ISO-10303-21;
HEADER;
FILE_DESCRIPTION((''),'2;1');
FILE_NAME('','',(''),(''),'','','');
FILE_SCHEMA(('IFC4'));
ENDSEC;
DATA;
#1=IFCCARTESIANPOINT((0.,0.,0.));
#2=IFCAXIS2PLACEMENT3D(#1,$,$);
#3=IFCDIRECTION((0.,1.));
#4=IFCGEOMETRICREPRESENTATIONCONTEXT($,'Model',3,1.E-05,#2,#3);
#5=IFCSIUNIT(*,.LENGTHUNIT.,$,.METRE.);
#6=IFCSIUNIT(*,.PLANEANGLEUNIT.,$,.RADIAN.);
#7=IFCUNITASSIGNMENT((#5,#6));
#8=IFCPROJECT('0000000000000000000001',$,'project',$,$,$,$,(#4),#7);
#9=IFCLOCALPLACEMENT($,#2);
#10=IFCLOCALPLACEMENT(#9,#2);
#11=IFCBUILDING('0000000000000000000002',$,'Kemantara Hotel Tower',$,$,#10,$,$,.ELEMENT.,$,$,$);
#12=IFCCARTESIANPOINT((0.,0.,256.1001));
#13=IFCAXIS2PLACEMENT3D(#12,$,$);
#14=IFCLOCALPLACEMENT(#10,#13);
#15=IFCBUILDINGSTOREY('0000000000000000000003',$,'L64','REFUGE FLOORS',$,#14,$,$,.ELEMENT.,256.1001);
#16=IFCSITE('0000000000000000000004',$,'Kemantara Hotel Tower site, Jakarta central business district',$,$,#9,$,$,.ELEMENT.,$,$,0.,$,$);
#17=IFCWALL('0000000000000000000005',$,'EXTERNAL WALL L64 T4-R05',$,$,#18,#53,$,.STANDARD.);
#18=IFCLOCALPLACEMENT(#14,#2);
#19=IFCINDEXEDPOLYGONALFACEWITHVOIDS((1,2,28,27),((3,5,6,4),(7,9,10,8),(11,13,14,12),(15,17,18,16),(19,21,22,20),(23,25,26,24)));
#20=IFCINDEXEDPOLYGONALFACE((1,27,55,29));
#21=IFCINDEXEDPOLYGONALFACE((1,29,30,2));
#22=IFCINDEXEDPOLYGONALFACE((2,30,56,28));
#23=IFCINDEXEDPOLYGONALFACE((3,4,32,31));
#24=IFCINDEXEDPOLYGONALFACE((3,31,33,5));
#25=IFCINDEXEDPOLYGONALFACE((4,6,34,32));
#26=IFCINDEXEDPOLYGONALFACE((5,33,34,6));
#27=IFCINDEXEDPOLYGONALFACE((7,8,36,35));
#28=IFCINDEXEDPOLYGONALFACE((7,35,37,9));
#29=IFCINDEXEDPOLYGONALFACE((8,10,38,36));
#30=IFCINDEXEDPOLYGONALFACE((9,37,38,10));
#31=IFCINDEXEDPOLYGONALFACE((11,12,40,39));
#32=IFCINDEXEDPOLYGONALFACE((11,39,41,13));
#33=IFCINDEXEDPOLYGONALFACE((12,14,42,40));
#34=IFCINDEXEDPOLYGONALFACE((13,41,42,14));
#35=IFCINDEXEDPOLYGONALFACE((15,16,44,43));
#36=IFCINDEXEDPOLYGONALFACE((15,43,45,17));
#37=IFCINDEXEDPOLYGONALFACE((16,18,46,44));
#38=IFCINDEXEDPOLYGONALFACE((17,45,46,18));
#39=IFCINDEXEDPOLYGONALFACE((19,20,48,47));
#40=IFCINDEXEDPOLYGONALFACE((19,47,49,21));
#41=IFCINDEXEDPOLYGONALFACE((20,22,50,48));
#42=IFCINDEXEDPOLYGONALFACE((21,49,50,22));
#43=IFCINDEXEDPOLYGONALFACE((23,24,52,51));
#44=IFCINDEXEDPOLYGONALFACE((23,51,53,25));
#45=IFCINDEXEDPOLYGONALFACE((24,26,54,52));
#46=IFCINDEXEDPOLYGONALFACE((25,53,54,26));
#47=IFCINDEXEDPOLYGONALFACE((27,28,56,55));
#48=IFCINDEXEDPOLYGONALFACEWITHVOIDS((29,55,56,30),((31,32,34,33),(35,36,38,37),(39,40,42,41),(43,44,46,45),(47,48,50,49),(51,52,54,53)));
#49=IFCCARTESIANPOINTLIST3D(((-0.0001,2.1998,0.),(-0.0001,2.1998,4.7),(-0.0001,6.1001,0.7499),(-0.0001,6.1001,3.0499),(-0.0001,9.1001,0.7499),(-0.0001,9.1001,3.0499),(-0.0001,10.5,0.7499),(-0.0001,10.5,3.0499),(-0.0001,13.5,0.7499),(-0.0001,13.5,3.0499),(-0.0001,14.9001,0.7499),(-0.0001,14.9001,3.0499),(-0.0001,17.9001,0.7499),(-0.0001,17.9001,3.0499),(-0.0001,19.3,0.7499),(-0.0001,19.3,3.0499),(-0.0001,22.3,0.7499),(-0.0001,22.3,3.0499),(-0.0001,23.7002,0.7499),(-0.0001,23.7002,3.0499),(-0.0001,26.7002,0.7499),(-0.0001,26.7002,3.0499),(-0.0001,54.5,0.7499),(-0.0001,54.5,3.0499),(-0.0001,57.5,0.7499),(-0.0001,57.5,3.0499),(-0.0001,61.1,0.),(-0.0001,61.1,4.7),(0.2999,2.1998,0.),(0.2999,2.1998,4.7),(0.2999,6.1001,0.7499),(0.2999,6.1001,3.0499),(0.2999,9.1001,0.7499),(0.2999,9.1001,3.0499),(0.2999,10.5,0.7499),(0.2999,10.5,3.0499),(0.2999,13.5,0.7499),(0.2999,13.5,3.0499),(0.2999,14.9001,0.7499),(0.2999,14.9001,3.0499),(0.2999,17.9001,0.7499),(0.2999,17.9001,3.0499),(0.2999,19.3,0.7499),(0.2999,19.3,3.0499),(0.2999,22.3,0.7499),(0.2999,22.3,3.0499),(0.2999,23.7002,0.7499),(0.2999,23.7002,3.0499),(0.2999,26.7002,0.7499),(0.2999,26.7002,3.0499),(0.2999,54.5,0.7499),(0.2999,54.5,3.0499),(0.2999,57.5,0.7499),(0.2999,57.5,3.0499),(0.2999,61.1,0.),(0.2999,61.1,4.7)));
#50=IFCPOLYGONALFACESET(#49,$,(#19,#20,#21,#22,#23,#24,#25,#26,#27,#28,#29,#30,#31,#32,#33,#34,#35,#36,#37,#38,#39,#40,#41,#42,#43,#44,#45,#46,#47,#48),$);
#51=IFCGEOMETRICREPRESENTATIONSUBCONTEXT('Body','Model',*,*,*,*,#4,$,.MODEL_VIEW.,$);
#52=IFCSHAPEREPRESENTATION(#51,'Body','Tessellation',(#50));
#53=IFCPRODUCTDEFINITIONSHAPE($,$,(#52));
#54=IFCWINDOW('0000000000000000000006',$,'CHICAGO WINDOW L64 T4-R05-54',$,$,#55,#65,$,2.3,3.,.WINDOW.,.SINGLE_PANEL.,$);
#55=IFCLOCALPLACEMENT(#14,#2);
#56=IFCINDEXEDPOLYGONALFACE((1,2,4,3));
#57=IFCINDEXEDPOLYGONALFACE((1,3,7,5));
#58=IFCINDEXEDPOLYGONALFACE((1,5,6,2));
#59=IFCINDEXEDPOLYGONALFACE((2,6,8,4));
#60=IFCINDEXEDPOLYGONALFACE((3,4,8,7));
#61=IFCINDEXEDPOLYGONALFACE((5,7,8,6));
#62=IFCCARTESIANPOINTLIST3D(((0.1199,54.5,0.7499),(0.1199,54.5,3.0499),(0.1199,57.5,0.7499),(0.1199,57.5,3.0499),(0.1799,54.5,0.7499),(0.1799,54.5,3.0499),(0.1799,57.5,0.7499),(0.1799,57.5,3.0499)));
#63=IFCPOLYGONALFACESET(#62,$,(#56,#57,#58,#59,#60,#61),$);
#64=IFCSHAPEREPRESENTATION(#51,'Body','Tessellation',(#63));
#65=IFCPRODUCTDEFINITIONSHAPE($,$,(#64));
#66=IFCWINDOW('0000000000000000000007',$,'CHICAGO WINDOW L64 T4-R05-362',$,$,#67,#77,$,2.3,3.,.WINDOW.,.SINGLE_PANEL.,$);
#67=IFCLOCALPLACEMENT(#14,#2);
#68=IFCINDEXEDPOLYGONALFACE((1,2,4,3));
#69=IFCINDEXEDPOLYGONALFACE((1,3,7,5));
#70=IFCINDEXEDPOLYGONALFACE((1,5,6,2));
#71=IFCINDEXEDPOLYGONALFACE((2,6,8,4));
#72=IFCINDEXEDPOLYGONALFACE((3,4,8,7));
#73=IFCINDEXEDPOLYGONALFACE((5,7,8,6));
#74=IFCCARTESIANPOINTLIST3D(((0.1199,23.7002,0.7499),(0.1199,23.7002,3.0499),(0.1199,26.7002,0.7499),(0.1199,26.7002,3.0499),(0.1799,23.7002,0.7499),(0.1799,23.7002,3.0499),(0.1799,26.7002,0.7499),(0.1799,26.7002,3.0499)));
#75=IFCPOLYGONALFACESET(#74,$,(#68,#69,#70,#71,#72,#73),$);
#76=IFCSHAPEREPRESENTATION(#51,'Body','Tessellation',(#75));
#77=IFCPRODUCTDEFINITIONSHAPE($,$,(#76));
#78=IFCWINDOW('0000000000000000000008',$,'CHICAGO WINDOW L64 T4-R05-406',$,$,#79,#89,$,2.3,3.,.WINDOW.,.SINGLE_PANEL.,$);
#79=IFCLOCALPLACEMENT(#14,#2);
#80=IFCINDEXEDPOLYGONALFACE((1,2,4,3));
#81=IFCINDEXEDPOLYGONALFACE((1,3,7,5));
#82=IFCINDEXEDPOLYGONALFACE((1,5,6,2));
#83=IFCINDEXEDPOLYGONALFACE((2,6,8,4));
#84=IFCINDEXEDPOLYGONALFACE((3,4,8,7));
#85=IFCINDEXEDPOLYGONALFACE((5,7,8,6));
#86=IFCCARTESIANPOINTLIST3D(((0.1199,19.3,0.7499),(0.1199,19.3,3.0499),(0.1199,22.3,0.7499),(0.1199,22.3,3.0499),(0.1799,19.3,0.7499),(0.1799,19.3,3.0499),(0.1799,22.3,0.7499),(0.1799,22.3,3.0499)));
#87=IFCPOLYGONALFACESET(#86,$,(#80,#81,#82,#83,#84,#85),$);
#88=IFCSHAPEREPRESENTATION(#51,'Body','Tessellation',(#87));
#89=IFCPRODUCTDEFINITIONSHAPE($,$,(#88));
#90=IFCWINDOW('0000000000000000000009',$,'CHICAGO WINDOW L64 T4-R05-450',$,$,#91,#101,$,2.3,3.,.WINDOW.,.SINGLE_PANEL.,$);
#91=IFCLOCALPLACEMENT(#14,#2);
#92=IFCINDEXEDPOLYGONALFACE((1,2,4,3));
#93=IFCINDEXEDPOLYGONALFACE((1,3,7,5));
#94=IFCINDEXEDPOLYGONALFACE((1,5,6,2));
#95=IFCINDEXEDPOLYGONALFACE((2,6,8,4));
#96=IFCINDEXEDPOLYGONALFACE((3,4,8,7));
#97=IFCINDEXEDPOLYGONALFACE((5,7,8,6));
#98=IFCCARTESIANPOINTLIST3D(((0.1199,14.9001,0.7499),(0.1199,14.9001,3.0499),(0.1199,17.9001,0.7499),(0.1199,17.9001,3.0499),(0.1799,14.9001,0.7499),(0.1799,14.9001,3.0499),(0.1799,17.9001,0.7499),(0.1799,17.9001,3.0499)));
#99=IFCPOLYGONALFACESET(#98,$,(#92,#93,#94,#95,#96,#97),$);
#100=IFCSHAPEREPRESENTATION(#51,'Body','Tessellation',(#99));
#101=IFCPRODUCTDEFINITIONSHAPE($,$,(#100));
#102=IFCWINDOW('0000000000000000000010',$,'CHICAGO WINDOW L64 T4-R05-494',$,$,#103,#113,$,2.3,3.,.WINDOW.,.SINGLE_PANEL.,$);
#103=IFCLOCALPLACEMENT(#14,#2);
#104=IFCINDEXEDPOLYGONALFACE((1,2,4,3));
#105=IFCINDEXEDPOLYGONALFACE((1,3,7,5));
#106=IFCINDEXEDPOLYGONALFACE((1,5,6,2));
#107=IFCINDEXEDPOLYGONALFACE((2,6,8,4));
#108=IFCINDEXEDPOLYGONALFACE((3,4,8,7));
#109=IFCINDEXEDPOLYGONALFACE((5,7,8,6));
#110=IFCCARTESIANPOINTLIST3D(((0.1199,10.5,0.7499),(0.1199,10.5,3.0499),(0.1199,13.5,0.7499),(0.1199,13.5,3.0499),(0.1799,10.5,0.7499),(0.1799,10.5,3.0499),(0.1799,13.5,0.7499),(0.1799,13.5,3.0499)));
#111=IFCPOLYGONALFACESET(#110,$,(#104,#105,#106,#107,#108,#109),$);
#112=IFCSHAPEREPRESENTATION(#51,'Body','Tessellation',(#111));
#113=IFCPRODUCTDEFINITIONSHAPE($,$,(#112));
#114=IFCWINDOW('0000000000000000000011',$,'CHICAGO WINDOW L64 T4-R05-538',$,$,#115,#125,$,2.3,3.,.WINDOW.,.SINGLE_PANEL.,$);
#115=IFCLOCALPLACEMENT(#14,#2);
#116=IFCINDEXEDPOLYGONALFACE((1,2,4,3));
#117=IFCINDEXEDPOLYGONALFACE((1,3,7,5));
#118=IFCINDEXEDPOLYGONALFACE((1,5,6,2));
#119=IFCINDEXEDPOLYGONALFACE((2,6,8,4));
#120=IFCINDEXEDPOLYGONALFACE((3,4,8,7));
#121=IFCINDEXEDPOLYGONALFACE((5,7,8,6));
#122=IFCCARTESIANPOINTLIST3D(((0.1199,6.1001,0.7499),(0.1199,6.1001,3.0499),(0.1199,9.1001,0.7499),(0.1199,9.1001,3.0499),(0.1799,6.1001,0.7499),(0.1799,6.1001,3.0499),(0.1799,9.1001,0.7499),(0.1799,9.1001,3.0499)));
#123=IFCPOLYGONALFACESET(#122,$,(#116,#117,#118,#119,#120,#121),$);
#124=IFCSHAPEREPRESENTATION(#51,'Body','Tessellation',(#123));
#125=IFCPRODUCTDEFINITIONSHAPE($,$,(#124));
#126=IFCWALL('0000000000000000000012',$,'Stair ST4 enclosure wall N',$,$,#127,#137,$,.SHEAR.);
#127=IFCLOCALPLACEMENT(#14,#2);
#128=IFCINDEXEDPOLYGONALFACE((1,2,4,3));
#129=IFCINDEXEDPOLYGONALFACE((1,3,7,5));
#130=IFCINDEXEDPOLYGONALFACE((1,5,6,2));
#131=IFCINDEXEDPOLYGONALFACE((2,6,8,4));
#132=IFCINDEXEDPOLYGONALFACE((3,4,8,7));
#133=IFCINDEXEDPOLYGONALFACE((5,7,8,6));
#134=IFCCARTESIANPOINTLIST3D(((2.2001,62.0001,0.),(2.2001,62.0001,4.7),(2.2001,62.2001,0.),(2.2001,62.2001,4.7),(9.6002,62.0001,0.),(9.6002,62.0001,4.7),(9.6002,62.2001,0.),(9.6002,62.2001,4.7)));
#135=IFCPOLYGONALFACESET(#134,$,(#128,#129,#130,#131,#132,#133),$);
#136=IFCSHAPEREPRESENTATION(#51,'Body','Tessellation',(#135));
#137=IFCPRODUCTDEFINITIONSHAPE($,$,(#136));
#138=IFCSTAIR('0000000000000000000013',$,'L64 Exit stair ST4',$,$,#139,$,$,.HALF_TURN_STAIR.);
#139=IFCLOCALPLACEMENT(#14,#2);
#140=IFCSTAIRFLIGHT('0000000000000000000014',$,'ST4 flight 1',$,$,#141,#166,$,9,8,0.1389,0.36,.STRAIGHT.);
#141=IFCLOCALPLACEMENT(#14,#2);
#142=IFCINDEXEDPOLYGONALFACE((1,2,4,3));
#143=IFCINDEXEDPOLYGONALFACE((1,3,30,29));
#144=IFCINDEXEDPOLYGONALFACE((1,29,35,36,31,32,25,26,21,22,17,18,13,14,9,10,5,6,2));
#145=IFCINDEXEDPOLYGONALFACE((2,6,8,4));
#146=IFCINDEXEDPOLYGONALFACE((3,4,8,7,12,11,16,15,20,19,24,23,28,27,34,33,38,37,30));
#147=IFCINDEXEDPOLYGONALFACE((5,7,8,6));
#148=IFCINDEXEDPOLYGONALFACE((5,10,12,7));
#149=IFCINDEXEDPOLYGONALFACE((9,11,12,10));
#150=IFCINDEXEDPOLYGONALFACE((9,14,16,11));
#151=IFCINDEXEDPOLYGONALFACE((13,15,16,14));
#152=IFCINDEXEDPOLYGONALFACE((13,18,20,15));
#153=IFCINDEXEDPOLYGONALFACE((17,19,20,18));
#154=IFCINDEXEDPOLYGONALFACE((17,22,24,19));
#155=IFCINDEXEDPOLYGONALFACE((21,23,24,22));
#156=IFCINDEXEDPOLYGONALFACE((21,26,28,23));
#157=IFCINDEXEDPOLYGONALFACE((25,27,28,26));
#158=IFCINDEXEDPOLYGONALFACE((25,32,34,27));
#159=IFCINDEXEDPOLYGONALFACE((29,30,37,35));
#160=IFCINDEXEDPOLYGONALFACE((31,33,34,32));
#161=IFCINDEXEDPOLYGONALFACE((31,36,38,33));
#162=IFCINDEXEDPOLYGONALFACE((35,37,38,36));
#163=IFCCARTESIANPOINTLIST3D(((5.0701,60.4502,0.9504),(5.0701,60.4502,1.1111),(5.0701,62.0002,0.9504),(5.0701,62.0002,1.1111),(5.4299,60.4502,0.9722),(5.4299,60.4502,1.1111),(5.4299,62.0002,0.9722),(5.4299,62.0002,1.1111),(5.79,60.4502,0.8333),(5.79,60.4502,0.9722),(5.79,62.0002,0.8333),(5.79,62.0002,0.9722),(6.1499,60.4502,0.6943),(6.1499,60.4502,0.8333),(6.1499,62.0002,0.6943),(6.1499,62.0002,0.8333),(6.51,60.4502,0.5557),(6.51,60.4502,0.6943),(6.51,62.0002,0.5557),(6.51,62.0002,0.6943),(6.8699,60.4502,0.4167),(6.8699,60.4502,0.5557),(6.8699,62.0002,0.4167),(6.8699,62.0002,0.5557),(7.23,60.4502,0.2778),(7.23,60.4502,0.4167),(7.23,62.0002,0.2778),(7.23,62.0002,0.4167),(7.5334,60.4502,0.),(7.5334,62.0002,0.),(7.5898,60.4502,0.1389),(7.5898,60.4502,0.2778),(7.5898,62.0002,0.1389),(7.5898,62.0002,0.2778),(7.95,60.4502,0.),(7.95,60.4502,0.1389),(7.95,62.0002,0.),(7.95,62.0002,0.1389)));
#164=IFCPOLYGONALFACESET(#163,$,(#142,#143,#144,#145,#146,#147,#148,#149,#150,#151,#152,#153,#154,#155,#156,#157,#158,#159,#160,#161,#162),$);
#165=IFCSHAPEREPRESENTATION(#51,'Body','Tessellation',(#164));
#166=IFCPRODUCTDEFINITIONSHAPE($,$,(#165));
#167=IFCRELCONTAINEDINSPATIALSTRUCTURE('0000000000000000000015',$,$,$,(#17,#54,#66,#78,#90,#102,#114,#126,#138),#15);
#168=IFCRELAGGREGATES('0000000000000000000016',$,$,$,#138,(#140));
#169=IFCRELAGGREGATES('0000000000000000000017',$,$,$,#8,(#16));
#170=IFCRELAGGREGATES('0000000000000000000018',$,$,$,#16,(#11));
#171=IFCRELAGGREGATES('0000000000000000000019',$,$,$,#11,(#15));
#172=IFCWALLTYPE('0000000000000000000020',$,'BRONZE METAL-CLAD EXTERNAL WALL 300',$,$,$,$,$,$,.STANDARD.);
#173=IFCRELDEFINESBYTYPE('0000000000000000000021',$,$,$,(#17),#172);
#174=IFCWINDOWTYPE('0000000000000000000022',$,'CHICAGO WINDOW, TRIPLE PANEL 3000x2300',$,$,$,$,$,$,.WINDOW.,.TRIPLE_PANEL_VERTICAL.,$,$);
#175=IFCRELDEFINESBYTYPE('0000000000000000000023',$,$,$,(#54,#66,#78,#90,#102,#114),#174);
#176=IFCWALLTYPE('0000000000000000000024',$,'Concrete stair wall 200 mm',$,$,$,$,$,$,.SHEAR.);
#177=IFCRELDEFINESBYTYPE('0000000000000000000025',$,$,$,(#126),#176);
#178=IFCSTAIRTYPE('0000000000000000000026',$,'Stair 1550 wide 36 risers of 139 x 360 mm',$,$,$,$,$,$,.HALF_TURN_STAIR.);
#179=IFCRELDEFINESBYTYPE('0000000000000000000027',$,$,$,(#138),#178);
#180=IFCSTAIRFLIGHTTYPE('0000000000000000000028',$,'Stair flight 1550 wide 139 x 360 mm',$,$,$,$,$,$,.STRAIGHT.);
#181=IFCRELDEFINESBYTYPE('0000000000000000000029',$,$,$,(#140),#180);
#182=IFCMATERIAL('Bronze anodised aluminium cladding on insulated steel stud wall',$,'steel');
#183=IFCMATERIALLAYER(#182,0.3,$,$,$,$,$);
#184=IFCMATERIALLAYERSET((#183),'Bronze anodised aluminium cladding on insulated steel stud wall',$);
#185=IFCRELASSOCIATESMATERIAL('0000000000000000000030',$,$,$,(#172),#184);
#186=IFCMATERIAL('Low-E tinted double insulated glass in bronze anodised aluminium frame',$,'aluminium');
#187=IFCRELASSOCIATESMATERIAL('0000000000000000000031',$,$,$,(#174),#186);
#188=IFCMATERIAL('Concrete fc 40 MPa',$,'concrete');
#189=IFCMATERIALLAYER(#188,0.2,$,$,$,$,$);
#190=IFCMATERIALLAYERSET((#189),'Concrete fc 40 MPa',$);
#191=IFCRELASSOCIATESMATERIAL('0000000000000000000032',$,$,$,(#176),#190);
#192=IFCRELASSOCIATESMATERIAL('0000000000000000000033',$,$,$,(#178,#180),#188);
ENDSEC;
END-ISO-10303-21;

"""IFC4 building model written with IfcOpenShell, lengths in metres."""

from ifc_helpers import new_model, si_unit, direction, frame, frame_2d, origin, place, context, subcontext, project, spatial, polyline, rectangle, outline, extrude, material, layer, layer_set, type_object, element, fill, aggregate, save


model = new_model("IFC4")

# Units and contexts
model_context = context("Model", 3, precision=1e-05, world=origin(), true_north=direction((0.0, 1.0)))
body_context = subcontext(model_context, "Body", "Model", "MODEL_VIEW")
ifc_project = project(units=[si_unit("LENGTHUNIT", "METRE"), si_unit("PLANEANGLEUNIT", "RADIAN")], contexts=[model_context])

# Site, building, storey
site_placement = place(None, origin())
site = spatial("IfcSite", under=ifc_project, at=site_placement, Name="Kemantara Hotel Tower site, Jakarta central business district", CompositionType="ELEMENT", RefElevation=0.0)
building_placement = place(site_placement, origin())
building = spatial("IfcBuilding", under=site, at=building_placement, Name="Kemantara Hotel Tower", CompositionType="ELEMENT")
storey_placement = place(building_placement, frame((0.0, 0.0, 256.1001)))
storey = spatial("IfcBuildingStorey", under=building, at=storey_placement, Name="L64", Description="REFUGE FLOORS", CompositionType="ELEMENT", Elevation=256.1001)

# Shared definitions
ifc_material_1 = material(Name="Bronze anodised aluminium cladding on insulated steel stud wall", Category="steel")
ifc_layer_1 = layer(ifc_material_1, 0.3)
ifc_layer_set_1 = layer_set([ifc_layer_1], Name="Bronze anodised aluminium cladding on insulated steel stud wall")
wall_type_1 = type_object("IfcWallType", Name="BRONZE METAL-CLAD EXTERNAL WALL 300", PredefinedType="STANDARD", material=ifc_layer_set_1)

# Wall, openings, windows
wall_1_placement = place(storey_placement, frame((0.1499, 61.1001, 0.0), z_axis=(0.0, 0.0, 1.0), x_axis=(0.0, -1.0, 0.0)))
wall_1 = element("IfcWall", 1, at=wall_1_placement, inside=storey, type_object=wall_type_1, Name="EXTERNAL WALL L64 T4-R05", PredefinedType="STANDARD", context=body_context, shape_type="SweptSolid", body=[
    extrude(rectangle(XDim=58.9001, YDim=0.3, at=frame_2d((29.4502, 0.0))), origin(), (0.0, 0.0, 1.0), 4.7),
])
opening_1_placement = place(wall_1_placement, frame((3.6001, 0.0, 0.75)))
opening_1 = element("IfcOpeningElement", 2, at=opening_1_placement, cuts=wall_1, PredefinedType="OPENING", context=body_context, shape_type="SweptSolid", body=[
    extrude(rectangle(XDim=3.0, YDim=2.3, at=frame_2d((1.5, 1.1499))), frame((0.0, 0.1599, 0.0), z_axis=(0.0, -1.0, 0.0), x_axis=(1.0, 0.0, 0.0)), (0.0, 0.0, 1.0), 0.3201),
])
opening_2_placement = place(wall_1_placement, frame((34.3999, 0.0, 0.75)))
opening_2 = element("IfcOpeningElement", 3, at=opening_2_placement, cuts=wall_1, PredefinedType="OPENING", context=body_context, shape_type="SweptSolid", body=[
    extrude(rectangle(XDim=3.0, YDim=2.3, at=frame_2d((1.5, 1.1499))), frame((0.0, 0.1599, 0.0), z_axis=(0.0, -1.0, 0.0), x_axis=(1.0, 0.0, 0.0)), (0.0, 0.0, 1.0), 0.3201),
])
opening_3_placement = place(wall_1_placement, frame((38.8, 0.0, 0.75)))
opening_3 = element("IfcOpeningElement", 4, at=opening_3_placement, cuts=wall_1, PredefinedType="OPENING", context=body_context, shape_type="SweptSolid", body=[
    extrude(rectangle(XDim=3.0, YDim=2.3, at=frame_2d((1.5, 1.1499))), frame((0.0, 0.1599, 0.0), z_axis=(0.0, -1.0, 0.0), x_axis=(1.0, 0.0, 0.0)), (0.0, 0.0, 1.0), 0.3201),
])
opening_4_placement = place(wall_1_placement, frame((43.2, 0.0, 0.75)))
opening_4 = element("IfcOpeningElement", 5, at=opening_4_placement, cuts=wall_1, PredefinedType="OPENING", context=body_context, shape_type="SweptSolid", body=[
    extrude(rectangle(XDim=3.0, YDim=2.3, at=frame_2d((1.5, 1.1499))), frame((0.0, 0.1599, 0.0), z_axis=(0.0, -1.0, 0.0), x_axis=(1.0, 0.0, 0.0)), (0.0, 0.0, 1.0), 0.3201),
])
opening_5_placement = place(wall_1_placement, frame((47.6001, 0.0, 0.75)))
opening_5 = element("IfcOpeningElement", 6, at=opening_5_placement, cuts=wall_1, PredefinedType="OPENING", context=body_context, shape_type="SweptSolid", body=[
    extrude(rectangle(XDim=3.0, YDim=2.3, at=frame_2d((1.5, 1.1499))), frame((0.0, 0.1599, 0.0), z_axis=(0.0, -1.0, 0.0), x_axis=(1.0, 0.0, 0.0)), (0.0, 0.0, 1.0), 0.3201),
])
opening_6_placement = place(wall_1_placement, frame((52.0, 0.0, 0.75)))
opening_6 = element("IfcOpeningElement", 7, at=opening_6_placement, cuts=wall_1, PredefinedType="OPENING", context=body_context, shape_type="SweptSolid", body=[
    extrude(rectangle(XDim=3.0, YDim=2.3, at=frame_2d((1.5, 1.1499))), frame((0.0, 0.1599, 0.0), z_axis=(0.0, -1.0, 0.0), x_axis=(1.0, 0.0, 0.0)), (0.0, 0.0, 1.0), 0.3201),
])
ifc_material_2 = material(Name="Low-E tinted double insulated glass in bronze anodised aluminium frame", Category="aluminium")
window_type = type_object("IfcWindowType", Name="CHICAGO WINDOW, TRIPLE PANEL 3000x2300", PartitioningType="TRIPLE_PANEL_VERTICAL", PredefinedType="WINDOW", material=ifc_material_2)
window_1_placement = place(opening_1_placement, origin())
window_1 = element("IfcWindow", 8, at=window_1_placement, inside=storey, type_object=window_type, Name="CHICAGO WINDOW L64 T4-R05-54", OverallHeight=2.3, OverallWidth=3.0, PartitioningType="SINGLE_PANEL", PredefinedType="WINDOW", context=body_context, shape_type="SweptSolid", body=[
    extrude(rectangle(XDim=3.0, YDim=2.3, at=frame_2d((1.5, 1.1499))), frame((0.0, 0.03, 0.0), z_axis=(0.0, -1.0, 0.0), x_axis=(1.0, 0.0, 0.0)), (0.0, 0.0, 1.0), 0.0601),
])
fill(opening_1, window_1)
window_2_placement = place(opening_2_placement, origin())
window_2 = element("IfcWindow", 9, at=window_2_placement, inside=storey, type_object=window_type, Name="CHICAGO WINDOW L64 T4-R05-362", OverallHeight=2.3, OverallWidth=3.0, PartitioningType="SINGLE_PANEL", PredefinedType="WINDOW", context=body_context, shape_type="SweptSolid", body=[
    extrude(rectangle(XDim=3.0, YDim=2.3, at=frame_2d((1.5, 1.1499))), frame((0.0, 0.03, 0.0), z_axis=(0.0, -1.0, 0.0), x_axis=(1.0, 0.0, 0.0)), (0.0, 0.0, 1.0), 0.0601),
])
fill(opening_2, window_2)
window_3_placement = place(opening_3_placement, origin())
window_3 = element("IfcWindow", 10, at=window_3_placement, inside=storey, type_object=window_type, Name="CHICAGO WINDOW L64 T4-R05-406", OverallHeight=2.3, OverallWidth=3.0, PartitioningType="SINGLE_PANEL", PredefinedType="WINDOW", context=body_context, shape_type="SweptSolid", body=[
    extrude(rectangle(XDim=3.0, YDim=2.3, at=frame_2d((1.5, 1.1499))), frame((0.0, 0.03, 0.0), z_axis=(0.0, -1.0, 0.0), x_axis=(1.0, 0.0, 0.0)), (0.0, 0.0, 1.0), 0.0601),
])
fill(opening_3, window_3)
window_4_placement = place(opening_4_placement, origin())
window_4 = element("IfcWindow", 11, at=window_4_placement, inside=storey, type_object=window_type, Name="CHICAGO WINDOW L64 T4-R05-450", OverallHeight=2.3, OverallWidth=3.0, PartitioningType="SINGLE_PANEL", PredefinedType="WINDOW", context=body_context, shape_type="SweptSolid", body=[
    extrude(rectangle(XDim=3.0, YDim=2.3, at=frame_2d((1.5, 1.1499))), frame((0.0, 0.03, 0.0), z_axis=(0.0, -1.0, 0.0), x_axis=(1.0, 0.0, 0.0)), (0.0, 0.0, 1.0), 0.0601),
])
fill(opening_4, window_4)
window_5_placement = place(opening_5_placement, origin())
window_5 = element("IfcWindow", 12, at=window_5_placement, inside=storey, type_object=window_type, Name="CHICAGO WINDOW L64 T4-R05-494", OverallHeight=2.3, OverallWidth=3.0, PartitioningType="SINGLE_PANEL", PredefinedType="WINDOW", context=body_context, shape_type="SweptSolid", body=[
    extrude(rectangle(XDim=3.0, YDim=2.3, at=frame_2d((1.5, 1.1499))), frame((0.0, 0.03, 0.0), z_axis=(0.0, -1.0, 0.0), x_axis=(1.0, 0.0, 0.0)), (0.0, 0.0, 1.0), 0.0601),
])
fill(opening_5, window_5)
window_6_placement = place(opening_6_placement, origin())
window_6 = element("IfcWindow", 13, at=window_6_placement, inside=storey, type_object=window_type, Name="CHICAGO WINDOW L64 T4-R05-538", OverallHeight=2.3, OverallWidth=3.0, PartitioningType="SINGLE_PANEL", PredefinedType="WINDOW", context=body_context, shape_type="SweptSolid", body=[
    extrude(rectangle(XDim=3.0, YDim=2.3, at=frame_2d((1.5, 1.1499))), frame((0.0, 0.03, 0.0), z_axis=(0.0, -1.0, 0.0), x_axis=(1.0, 0.0, 0.0)), (0.0, 0.0, 1.0), 0.0601),
])
fill(opening_6, window_6)

# Wall
ifc_material_3 = material(Name="Concrete fc 40 MPa", Category="concrete")
ifc_layer_2 = layer(ifc_material_3, 0.2)
ifc_layer_set_2 = layer_set([ifc_layer_2], Name="Concrete fc 40 MPa")
wall_type_2 = type_object("IfcWallType", Name="Concrete stair wall 200 mm", PredefinedType="SHEAR", material=ifc_layer_set_2)
wall_2_placement = place(storey_placement, frame((2.2, 62.1001, 0.0), z_axis=(0.0, 0.0, 1.0), x_axis=(1.0, 0.0, 0.0)))
element("IfcWall", 14, at=wall_2_placement, inside=storey, type_object=wall_type_2, Name="Stair ST4 enclosure wall N", PredefinedType="SHEAR", context=body_context, shape_type="SweptSolid", body=[
    extrude(rectangle(XDim=7.4001, YDim=0.2, at=frame_2d((3.7002, 0.0))), origin(), (0.0, 0.0, 1.0), 4.7),
])

# Stair, stair flight
stair_type = type_object("IfcStairType", Name="Stair 1550 wide 36 risers of 139 x 360 mm", PredefinedType="HALF_TURN_STAIR", material=ifc_material_3)
stair_placement = place(storey_placement, origin())
stair = element("IfcStair", 15, at=stair_placement, inside=storey, type_object=stair_type, Name="L64 Exit stair ST4", PredefinedType="HALF_TURN_STAIR")
stair_flight_type = type_object("IfcStairFlightType", Name="Stair flight 1550 wide 139 x 360 mm", PredefinedType="STRAIGHT", material=ifc_material_3)
stair_flight_1_placement = place(storey_placement, frame((7.95, 61.2251, 0.0), z_axis=(0.0, 0.0, 1.0), x_axis=(-1.0, 0.0, 0.0)))
stair_flight_1 = element("IfcStairFlight", 16, at=stair_flight_1_placement, type_object=stair_flight_type, Name="ST4 flight 1", NumberOfRisers=9, NumberOfTreads=8, PredefinedType="STRAIGHT", RiserHeight=0.1389, TreadLength=0.36, context=body_context, shape_type="SweptSolid", body=[
    extrude(outline(polyline([(0.0, 0.0), (0.0, 0.1389), (0.3601, 0.1389), (0.3601, 0.2778), (0.72, 0.2778), (0.72, 0.4167), (1.0801, 0.4167), (1.0801, 0.5557), (1.4399, 0.5557), (1.4399, 0.6943), (1.8, 0.6943), (1.8, 0.8333), (2.1599, 0.8333), (2.1599, 0.9722), (2.52, 0.9722), (2.52, 1.1111), (2.8799, 1.1111), (2.8799, 1.25), (2.8799, 0.9504), (0.4165, 0.0), (0.0, 0.0)])), frame((0.0, 0.7749, 0.0), z_axis=(0.0, -1.0, 0.0), x_axis=(1.0, 0.0, 0.0)), (0.0, 0.0, 1.0), 1.55),
])
aggregate(stair, [stair_flight_1])

save(model, "model.ifc")
